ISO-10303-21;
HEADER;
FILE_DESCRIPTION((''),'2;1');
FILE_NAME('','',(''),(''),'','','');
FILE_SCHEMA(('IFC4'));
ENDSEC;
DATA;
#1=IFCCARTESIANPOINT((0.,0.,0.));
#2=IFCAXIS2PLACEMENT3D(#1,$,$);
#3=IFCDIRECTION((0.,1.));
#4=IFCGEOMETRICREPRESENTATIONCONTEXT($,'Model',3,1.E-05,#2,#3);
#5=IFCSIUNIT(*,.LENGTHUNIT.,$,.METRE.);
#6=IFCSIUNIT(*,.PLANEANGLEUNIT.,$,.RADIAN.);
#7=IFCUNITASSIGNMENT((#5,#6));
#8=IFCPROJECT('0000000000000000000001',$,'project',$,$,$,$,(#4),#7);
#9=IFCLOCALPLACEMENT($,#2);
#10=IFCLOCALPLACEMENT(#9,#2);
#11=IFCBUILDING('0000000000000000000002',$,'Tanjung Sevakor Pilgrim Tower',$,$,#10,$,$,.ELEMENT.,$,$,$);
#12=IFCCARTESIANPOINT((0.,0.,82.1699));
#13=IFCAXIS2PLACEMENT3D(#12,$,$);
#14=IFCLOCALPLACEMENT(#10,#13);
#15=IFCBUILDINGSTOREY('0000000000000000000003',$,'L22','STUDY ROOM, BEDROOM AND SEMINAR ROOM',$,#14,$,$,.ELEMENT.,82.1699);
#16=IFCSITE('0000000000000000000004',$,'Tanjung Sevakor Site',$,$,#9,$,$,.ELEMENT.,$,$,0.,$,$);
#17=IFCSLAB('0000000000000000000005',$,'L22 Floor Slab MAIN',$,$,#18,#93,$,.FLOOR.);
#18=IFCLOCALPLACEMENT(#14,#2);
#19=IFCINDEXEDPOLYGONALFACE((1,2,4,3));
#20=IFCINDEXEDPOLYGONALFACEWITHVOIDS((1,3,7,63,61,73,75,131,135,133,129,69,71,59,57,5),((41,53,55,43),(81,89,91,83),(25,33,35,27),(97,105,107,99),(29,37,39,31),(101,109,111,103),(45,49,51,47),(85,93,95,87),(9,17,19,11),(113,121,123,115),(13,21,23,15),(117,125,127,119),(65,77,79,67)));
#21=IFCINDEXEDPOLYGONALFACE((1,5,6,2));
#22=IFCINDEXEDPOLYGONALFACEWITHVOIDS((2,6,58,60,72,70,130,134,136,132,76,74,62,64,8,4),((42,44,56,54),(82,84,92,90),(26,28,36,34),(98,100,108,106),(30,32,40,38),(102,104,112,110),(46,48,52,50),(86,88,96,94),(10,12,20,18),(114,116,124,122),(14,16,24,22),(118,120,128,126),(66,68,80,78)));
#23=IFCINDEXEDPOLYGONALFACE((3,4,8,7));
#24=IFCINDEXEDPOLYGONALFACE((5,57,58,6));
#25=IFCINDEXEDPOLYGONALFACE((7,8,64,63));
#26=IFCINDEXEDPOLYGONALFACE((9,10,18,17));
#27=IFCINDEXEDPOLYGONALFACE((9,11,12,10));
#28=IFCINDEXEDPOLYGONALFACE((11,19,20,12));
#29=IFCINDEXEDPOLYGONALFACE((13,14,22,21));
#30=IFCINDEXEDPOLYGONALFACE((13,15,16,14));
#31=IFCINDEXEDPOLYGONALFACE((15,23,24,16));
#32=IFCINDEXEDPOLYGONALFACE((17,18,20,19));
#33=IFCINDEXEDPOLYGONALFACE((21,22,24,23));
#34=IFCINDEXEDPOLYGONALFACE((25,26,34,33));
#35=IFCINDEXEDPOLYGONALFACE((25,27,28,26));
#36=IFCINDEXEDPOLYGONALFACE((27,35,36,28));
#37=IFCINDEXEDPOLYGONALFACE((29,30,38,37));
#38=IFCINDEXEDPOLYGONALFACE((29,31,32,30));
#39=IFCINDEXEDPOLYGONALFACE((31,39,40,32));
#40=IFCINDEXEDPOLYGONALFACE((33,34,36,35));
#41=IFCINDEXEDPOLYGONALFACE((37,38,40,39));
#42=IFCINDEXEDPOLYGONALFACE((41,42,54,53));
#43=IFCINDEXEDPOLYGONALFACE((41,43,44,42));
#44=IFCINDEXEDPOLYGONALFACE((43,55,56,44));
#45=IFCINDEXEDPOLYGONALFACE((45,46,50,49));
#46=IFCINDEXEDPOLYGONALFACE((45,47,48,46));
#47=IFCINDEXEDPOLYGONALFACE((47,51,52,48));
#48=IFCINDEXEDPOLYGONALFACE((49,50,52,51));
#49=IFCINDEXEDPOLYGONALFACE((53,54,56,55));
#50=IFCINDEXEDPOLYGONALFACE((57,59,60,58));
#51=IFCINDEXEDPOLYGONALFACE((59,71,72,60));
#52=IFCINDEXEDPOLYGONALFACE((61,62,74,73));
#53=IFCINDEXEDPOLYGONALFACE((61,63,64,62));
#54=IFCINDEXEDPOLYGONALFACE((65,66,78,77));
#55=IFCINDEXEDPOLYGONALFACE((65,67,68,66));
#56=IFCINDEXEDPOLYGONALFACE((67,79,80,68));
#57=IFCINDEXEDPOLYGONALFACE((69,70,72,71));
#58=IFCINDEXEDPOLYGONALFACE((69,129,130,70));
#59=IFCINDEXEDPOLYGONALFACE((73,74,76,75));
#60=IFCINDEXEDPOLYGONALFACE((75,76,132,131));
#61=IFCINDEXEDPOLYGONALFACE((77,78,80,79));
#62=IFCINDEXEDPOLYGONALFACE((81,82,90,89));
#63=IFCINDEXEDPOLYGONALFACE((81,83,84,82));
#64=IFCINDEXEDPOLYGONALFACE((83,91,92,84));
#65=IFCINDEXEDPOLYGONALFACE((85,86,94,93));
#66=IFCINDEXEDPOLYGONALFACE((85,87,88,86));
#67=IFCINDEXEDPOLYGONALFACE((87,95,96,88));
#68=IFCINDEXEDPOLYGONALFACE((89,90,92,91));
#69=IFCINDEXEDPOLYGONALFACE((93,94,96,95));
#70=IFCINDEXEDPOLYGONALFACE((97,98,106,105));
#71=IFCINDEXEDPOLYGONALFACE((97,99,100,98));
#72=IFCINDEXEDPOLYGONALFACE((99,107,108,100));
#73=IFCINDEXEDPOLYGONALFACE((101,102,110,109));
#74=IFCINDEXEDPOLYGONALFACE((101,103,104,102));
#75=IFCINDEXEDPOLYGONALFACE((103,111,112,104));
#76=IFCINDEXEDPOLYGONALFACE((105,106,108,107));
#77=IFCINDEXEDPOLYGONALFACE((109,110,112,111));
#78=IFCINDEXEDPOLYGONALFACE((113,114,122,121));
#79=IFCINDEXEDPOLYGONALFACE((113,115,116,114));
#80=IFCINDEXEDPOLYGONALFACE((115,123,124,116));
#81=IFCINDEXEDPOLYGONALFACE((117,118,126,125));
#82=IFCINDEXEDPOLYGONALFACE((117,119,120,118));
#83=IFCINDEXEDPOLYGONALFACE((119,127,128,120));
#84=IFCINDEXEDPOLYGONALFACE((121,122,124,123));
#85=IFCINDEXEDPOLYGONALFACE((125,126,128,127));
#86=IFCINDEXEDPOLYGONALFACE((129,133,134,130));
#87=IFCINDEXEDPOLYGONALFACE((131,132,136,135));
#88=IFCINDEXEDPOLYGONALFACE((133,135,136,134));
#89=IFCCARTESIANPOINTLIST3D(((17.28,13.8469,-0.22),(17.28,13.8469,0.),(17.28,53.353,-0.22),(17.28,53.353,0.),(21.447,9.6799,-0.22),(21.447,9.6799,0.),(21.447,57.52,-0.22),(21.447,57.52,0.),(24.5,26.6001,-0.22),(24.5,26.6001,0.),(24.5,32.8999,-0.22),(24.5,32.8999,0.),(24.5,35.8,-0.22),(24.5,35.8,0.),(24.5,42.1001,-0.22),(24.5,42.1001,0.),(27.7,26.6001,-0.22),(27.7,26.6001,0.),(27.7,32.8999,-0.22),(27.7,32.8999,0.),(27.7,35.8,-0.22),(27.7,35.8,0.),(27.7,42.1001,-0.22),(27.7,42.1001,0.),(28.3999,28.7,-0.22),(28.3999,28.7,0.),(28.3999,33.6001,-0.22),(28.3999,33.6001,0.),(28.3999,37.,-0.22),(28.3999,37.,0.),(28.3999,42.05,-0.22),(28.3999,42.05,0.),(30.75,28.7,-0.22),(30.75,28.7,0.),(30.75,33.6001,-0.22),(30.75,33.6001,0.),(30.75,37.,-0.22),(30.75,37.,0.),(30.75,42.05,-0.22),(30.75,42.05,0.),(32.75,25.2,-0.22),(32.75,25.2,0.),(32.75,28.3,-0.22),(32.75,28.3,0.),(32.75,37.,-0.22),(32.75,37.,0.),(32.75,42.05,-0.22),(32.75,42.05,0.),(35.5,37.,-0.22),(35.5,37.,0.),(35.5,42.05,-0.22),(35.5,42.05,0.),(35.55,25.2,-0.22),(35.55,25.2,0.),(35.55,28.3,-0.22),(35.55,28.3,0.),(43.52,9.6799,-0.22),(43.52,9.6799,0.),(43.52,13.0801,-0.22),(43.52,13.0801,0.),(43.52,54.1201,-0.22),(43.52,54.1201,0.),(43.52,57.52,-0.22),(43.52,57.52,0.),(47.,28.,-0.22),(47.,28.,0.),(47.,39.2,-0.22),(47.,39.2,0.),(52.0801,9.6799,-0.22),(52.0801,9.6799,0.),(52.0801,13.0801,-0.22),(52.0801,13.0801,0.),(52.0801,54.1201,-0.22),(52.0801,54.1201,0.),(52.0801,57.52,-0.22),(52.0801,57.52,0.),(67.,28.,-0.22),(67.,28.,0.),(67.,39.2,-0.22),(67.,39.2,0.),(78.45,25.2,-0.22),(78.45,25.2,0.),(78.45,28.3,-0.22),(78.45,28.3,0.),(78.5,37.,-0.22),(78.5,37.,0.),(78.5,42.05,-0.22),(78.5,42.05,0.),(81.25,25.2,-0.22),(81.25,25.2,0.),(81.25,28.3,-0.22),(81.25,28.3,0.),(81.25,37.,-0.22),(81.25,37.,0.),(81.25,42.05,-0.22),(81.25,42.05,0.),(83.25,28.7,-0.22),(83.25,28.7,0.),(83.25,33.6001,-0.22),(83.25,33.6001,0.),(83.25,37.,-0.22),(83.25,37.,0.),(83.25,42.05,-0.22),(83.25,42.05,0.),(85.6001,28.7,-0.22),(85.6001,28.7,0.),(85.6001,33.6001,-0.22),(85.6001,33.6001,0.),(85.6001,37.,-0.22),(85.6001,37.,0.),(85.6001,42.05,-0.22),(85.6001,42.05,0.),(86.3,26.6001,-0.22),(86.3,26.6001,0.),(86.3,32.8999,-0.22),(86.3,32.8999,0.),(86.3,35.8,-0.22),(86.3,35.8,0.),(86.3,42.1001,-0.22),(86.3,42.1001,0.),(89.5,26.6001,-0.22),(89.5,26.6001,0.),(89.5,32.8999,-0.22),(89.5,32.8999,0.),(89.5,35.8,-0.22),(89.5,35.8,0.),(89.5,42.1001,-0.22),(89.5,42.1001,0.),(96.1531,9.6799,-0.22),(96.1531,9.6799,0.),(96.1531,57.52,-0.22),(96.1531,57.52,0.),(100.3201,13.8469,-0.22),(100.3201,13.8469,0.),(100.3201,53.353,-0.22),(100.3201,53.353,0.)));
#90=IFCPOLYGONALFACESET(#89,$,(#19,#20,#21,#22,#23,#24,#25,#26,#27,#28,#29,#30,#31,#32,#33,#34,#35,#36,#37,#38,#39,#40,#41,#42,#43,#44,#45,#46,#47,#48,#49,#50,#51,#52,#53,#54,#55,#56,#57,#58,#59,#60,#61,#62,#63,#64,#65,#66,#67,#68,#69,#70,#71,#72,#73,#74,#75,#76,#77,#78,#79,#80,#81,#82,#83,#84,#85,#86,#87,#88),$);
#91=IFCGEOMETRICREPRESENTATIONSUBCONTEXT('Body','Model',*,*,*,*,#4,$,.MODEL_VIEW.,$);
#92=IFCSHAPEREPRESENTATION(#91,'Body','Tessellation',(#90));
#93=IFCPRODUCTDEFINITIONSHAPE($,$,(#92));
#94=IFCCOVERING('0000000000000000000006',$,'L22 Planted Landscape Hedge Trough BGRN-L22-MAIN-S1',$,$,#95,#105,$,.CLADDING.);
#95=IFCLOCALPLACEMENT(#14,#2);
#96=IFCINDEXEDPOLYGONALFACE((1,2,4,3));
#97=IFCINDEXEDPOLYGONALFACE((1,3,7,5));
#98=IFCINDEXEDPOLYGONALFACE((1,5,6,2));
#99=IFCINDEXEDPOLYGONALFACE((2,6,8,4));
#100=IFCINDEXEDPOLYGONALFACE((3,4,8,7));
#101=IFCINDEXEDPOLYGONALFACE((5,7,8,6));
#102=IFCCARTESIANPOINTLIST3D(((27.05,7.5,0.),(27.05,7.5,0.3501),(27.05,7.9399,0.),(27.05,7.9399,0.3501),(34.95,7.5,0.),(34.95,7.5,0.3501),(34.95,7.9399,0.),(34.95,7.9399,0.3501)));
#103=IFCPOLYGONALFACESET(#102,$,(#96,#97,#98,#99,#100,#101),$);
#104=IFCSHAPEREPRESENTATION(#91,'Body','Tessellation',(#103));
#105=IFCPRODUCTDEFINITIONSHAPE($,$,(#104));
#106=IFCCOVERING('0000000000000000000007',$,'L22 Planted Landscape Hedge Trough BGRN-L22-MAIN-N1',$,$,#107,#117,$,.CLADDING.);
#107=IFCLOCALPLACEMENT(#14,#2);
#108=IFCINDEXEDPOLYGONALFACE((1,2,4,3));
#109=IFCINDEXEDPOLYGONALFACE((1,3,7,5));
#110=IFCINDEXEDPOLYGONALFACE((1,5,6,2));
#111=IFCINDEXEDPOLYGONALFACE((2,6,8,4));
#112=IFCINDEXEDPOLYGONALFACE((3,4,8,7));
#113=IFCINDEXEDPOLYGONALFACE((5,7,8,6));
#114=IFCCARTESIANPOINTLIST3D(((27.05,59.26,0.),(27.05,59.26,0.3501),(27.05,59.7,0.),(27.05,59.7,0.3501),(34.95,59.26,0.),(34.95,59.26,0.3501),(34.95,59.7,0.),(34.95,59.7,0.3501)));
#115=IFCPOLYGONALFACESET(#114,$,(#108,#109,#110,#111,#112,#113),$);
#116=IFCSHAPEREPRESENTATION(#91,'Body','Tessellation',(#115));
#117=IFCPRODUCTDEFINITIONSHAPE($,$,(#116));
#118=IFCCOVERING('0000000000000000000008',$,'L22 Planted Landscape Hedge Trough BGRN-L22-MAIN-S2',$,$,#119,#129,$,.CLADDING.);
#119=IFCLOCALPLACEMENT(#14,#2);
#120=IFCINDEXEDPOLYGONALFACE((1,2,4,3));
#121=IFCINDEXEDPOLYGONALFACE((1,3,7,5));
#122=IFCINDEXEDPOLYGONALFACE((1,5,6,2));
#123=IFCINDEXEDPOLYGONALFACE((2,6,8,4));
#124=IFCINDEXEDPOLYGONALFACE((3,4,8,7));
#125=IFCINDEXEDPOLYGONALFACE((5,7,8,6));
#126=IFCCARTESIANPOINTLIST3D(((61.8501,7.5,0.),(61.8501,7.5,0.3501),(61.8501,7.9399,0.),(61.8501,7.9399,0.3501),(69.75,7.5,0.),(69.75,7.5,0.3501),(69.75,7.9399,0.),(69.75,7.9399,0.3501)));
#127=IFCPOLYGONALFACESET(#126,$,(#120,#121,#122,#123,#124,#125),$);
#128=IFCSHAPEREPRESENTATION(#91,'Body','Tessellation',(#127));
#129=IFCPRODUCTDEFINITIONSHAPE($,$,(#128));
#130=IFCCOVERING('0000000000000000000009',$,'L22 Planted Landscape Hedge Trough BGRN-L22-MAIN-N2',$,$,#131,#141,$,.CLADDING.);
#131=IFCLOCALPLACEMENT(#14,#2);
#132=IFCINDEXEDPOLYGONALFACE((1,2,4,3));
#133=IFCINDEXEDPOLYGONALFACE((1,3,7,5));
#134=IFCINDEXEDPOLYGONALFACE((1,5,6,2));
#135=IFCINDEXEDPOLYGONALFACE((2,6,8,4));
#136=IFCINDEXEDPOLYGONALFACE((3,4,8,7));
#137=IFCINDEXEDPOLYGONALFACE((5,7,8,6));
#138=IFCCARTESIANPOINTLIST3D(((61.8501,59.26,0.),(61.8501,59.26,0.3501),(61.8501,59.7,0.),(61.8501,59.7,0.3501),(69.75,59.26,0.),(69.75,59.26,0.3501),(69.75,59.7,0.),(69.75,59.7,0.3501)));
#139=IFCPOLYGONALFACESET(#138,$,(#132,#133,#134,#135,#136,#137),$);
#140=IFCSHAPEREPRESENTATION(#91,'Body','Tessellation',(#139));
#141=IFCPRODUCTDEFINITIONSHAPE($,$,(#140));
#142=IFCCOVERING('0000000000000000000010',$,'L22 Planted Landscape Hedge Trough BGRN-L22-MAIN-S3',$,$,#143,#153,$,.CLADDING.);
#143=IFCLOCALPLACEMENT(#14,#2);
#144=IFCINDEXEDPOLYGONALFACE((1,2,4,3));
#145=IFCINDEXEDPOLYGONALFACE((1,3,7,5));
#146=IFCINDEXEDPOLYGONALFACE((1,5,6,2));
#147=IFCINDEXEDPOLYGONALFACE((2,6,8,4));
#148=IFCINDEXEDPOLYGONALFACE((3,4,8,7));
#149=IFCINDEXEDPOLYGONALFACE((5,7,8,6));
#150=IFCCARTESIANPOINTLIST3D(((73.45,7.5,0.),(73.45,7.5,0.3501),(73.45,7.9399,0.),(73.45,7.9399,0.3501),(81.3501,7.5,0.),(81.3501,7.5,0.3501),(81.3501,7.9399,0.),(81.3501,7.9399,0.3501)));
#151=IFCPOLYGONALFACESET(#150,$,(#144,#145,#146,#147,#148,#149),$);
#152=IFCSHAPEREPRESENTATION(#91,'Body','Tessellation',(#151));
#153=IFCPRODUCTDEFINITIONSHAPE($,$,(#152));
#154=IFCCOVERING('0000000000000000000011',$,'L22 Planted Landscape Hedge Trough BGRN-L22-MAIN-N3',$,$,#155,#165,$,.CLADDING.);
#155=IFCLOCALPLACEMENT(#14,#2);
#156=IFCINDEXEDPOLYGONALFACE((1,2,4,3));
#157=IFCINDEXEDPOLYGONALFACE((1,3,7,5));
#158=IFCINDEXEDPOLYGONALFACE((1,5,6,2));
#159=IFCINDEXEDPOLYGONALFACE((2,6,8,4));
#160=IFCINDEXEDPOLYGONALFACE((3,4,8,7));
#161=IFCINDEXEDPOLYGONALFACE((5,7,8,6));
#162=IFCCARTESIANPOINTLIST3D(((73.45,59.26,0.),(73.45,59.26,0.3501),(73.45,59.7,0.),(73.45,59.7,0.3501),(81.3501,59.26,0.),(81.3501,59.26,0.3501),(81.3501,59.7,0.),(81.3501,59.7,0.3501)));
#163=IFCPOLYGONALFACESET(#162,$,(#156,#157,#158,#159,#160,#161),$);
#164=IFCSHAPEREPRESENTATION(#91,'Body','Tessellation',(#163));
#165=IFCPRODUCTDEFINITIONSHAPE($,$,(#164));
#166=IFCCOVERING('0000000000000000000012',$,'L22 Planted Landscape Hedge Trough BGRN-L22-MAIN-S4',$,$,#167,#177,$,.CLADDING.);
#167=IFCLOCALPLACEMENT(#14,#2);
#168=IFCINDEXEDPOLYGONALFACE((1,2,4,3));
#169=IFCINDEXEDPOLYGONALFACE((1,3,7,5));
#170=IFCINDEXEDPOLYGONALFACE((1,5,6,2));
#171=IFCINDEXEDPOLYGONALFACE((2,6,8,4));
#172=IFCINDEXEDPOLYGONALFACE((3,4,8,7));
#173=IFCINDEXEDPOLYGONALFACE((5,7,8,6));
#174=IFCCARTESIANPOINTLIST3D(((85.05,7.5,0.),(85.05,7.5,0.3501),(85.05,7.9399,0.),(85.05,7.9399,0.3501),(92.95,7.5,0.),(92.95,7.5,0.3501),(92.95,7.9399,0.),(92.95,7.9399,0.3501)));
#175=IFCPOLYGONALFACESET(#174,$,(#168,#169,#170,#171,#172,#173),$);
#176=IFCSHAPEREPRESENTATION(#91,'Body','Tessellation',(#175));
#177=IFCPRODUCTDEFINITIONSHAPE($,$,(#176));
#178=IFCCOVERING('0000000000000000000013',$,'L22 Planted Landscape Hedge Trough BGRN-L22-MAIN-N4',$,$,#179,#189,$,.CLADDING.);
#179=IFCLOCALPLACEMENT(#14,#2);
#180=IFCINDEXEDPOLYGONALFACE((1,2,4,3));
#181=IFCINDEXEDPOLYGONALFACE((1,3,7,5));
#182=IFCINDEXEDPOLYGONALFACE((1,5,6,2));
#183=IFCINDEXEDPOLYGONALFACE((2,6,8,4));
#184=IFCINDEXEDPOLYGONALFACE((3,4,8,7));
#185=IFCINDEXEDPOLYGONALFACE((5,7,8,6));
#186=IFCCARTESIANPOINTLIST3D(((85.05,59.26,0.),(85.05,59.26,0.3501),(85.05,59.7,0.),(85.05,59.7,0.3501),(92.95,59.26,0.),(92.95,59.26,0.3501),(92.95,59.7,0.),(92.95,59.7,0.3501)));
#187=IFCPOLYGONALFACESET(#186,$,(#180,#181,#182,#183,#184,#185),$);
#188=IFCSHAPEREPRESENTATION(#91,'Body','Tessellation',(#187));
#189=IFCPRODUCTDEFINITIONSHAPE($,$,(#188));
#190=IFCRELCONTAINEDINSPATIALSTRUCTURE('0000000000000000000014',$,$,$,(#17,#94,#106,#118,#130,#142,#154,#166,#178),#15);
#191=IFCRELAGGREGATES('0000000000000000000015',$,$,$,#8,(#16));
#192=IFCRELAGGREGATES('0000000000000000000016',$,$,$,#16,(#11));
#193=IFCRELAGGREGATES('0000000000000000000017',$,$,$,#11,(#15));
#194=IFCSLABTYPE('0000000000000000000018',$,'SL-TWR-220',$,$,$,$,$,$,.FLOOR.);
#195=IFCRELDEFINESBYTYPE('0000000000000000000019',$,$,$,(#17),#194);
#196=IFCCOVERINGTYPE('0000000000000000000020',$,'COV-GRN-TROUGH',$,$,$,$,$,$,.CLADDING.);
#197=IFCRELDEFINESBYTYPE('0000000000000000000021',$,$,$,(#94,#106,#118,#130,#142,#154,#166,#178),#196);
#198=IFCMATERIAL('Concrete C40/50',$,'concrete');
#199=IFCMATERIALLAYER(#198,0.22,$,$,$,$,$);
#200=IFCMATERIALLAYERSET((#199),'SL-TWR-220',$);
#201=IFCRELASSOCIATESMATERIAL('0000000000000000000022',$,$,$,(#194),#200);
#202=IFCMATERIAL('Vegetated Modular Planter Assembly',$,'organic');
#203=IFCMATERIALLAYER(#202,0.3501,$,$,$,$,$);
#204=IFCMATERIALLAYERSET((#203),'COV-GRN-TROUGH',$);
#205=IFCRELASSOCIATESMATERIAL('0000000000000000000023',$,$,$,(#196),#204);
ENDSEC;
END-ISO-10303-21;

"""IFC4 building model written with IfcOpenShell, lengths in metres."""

from ifc_helpers import new_model, si_unit, direction, frame, origin, place, context, subcontext, project, spatial, polyline, outline, extrude, material, layer, layer_set, type_object, element, save


model = new_model("IFC4")

# Units and contexts
model_context = context("Model", 3, precision=1e-05, world=origin(), true_north=direction((0.0, 1.0)))
body_context = subcontext(model_context, "Body", "Model", "MODEL_VIEW")
ifc_project = project(units=[si_unit("LENGTHUNIT", "METRE"), si_unit("PLANEANGLEUNIT", "RADIAN")], contexts=[model_context])

# Site, building, storey
site_placement = place(None, origin())
site = spatial("IfcSite", under=ifc_project, at=site_placement, Name="Tanjung Sevakor Site", CompositionType="ELEMENT", RefElevation=0.0)
building_placement = place(site_placement, origin())
building = spatial("IfcBuilding", under=site, at=building_placement, Name="Tanjung Sevakor Pilgrim Tower", CompositionType="ELEMENT")
storey_placement = place(building_placement, frame((0.0, 0.0, 82.1699)))
storey = spatial("IfcBuildingStorey", under=building, at=storey_placement, Name="L22", Description="STUDY ROOM, BEDROOM AND SEMINAR ROOM", CompositionType="ELEMENT", Elevation=82.1699)

# Slab
ifc_material_1 = material(Name="Concrete C40/50", Category="concrete")
ifc_layer_1 = layer(ifc_material_1, 0.22)
ifc_layer_set_1 = layer_set([ifc_layer_1], Name="SL-TWR-220")
slab_type_1 = type_object("IfcSlabType", Name="SL-TWR-220", PredefinedType="FLOOR", material=ifc_layer_set_1)
slab_1_placement = place(storey_placement, frame((0.0, 0.0, -0.22)))
element("IfcSlab", 1, at=slab_1_placement, inside=storey, type_object=slab_type_1, Name="L22 Floor Slab MAIN", PredefinedType="FLOOR", context=body_context, shape_type="SweptSolid", body=[
    extrude(outline(polyline([(21.447, 9.6799), (43.52, 9.6799), (43.52, 13.0801), (52.0801, 13.0801), (52.0801, 9.6799), (96.1531, 9.6799), (100.3201, 13.8469), (100.3201, 53.353), (96.1531, 57.52), (52.0801, 57.52), (52.0801, 54.1201), (43.52, 54.1201), (43.52, 57.52), (21.447, 57.52), (17.28, 53.353), (17.28, 13.8469), (21.447, 9.6799)]), holes=[polyline([(27.7, 26.6001), (27.7, 32.8999), (24.5, 32.8999), (24.5, 26.6001), (27.7, 26.6001)]), polyline([(27.7, 35.8), (27.7, 42.1001), (24.5, 42.1001), (24.5, 35.8), (27.7, 35.8)]), polyline([(89.5, 26.6001), (89.5, 32.8999), (86.3, 32.8999), (86.3, 26.6001), (89.5, 26.6001)]), polyline([(89.5, 35.8), (89.5, 42.1001), (86.3, 42.1001), (86.3, 35.8), (89.5, 35.8)]), polyline([(32.75, 25.2), (35.55, 25.2), (35.55, 28.3), (32.75, 28.3), (32.75, 25.2)]), polyline([(28.3999, 28.7), (30.75, 28.7), (30.75, 33.6001), (28.3999, 33.6001), (28.3999, 28.7)]), polyline([(28.3999, 37.0), (30.75, 37.0), (30.75, 42.05), (28.3999, 42.05), (28.3999, 37.0)]), polyline([(32.75, 37.0), (35.5, 37.0), (35.5, 42.05), (32.75, 42.05), (32.75, 37.0)]), polyline([(78.45, 25.2), (81.25, 25.2), (81.25, 28.3), (78.45, 28.3), (78.45, 25.2)]), polyline([(83.25, 28.7), (85.6001, 28.7), (85.6001, 33.6001), (83.25, 33.6001), (83.25, 28.7)]), polyline([(83.25, 37.0), (85.6001, 37.0), (85.6001, 42.05), (83.25, 42.05), (83.25, 37.0)]), polyline([(78.5, 37.0), (81.25, 37.0), (81.25, 42.05), (78.5, 42.05), (78.5, 37.0)]), polyline([(47.0, 28.0), (67.0, 28.0), (67.0, 39.2), (47.0, 39.2), (47.0, 28.0)])]), origin(), (0.0, 0.0, 1.0), 0.22),
])

# Coverings
ifc_material_2 = material(Name="Vegetated Modular Planter Assembly", Category="organic")
ifc_layer_2 = layer(ifc_material_2, 0.3501)
ifc_layer_set_2 = layer_set([ifc_layer_2], Name="COV-GRN-TROUGH")
covering_type = type_object("IfcCoveringType", Name="COV-GRN-TROUGH", PredefinedType="CLADDING", material=ifc_layer_set_2)
covering_1_placement = place(storey_placement, origin())
element("IfcCovering", 2, at=covering_1_placement, inside=storey, type_object=covering_type, Name="L22 Planted Landscape Hedge Trough BGRN-L22-MAIN-S1", PredefinedType="CLADDING", context=body_context, shape_type="SweptSolid", body=[
    extrude(outline(polyline([(27.05, 7.5), (34.95, 7.5), (34.95, 7.9399), (27.05, 7.9399), (27.05, 7.5)])), origin(), (0.0, 0.0, 1.0), 0.3501),
])
covering_2_placement = place(storey_placement, origin())
element("IfcCovering", 3, at=covering_2_placement, inside=storey, type_object=covering_type, Name="L22 Planted Landscape Hedge Trough BGRN-L22-MAIN-N1", PredefinedType="CLADDING", context=body_context, shape_type="SweptSolid", body=[
    extrude(outline(polyline([(27.05, 59.26), (34.95, 59.26), (34.95, 59.7), (27.05, 59.7), (27.05, 59.26)])), origin(), (0.0, 0.0, 1.0), 0.3501),
])
covering_3_placement = place(storey_placement, origin())
element("IfcCovering", 4, at=covering_3_placement, inside=storey, type_object=covering_type, Name="L22 Planted Landscape Hedge Trough BGRN-L22-MAIN-S2", PredefinedType="CLADDING", context=body_context, shape_type="SweptSolid", body=[
    extrude(outline(polyline([(61.8501, 7.5), (69.75, 7.5), (69.75, 7.9399), (61.8501, 7.9399), (61.8501, 7.5)])), origin(), (0.0, 0.0, 1.0), 0.3501),
])
covering_4_placement = place(storey_placement, origin())
element("IfcCovering", 5, at=covering_4_placement, inside=storey, type_object=covering_type, Name="L22 Planted Landscape Hedge Trough BGRN-L22-MAIN-N2", PredefinedType="CLADDING", context=body_context, shape_type="SweptSolid", body=[
    extrude(outline(polyline([(61.8501, 59.26), (69.75, 59.26), (69.75, 59.7), (61.8501, 59.7), (61.8501, 59.26)])), origin(), (0.0, 0.0, 1.0), 0.3501),
])
covering_5_placement = place(storey_placement, origin())
element("IfcCovering", 6, at=covering_5_placement, inside=storey, type_object=covering_type, Name="L22 Planted Landscape Hedge Trough BGRN-L22-MAIN-S3", PredefinedType="CLADDING", context=body_context, shape_type="SweptSolid", body=[
    extrude(outline(polyline([(73.45, 7.5), (81.3501, 7.5), (81.3501, 7.9399), (73.45, 7.9399), (73.45, 7.5)])), origin(), (0.0, 0.0, 1.0), 0.3501),
])
covering_6_placement = place(storey_placement, origin())
element("IfcCovering", 7, at=covering_6_placement, inside=storey, type_object=covering_type, Name="L22 Planted Landscape Hedge Trough BGRN-L22-MAIN-N3", PredefinedType="CLADDING", context=body_context, shape_type="SweptSolid", body=[
    extrude(outline(polyline([(73.45, 59.26), (81.3501, 59.26), (81.3501, 59.7), (73.45, 59.7), (73.45, 59.26)])), origin(), (0.0, 0.0, 1.0), 0.3501),
])
covering_7_placement = place(storey_placement, origin())
element("IfcCovering", 8, at=covering_7_placement, inside=storey, type_object=covering_type, Name="L22 Planted Landscape Hedge Trough BGRN-L22-MAIN-S4", PredefinedType="CLADDING", context=body_context, shape_type="SweptSolid", body=[
    extrude(outline(polyline([(85.05, 7.5), (92.95, 7.5), (92.95, 7.9399), (85.05, 7.9399), (85.05, 7.5)])), origin(), (0.0, 0.0, 1.0), 0.3501),
])
covering_8_placement = place(storey_placement, origin())
element("IfcCovering", 9, at=covering_8_placement, inside=storey, type_object=covering_type, Name="L22 Planted Landscape Hedge Trough BGRN-L22-MAIN-N4", PredefinedType="CLADDING", context=body_context, shape_type="SweptSolid", body=[
    extrude(outline(polyline([(85.05, 59.26), (92.95, 59.26), (92.95, 59.7), (85.05, 59.7), (85.05, 59.26)])), origin(), (0.0, 0.0, 1.0), 0.3501),
])

save(model, "model.ifc")
